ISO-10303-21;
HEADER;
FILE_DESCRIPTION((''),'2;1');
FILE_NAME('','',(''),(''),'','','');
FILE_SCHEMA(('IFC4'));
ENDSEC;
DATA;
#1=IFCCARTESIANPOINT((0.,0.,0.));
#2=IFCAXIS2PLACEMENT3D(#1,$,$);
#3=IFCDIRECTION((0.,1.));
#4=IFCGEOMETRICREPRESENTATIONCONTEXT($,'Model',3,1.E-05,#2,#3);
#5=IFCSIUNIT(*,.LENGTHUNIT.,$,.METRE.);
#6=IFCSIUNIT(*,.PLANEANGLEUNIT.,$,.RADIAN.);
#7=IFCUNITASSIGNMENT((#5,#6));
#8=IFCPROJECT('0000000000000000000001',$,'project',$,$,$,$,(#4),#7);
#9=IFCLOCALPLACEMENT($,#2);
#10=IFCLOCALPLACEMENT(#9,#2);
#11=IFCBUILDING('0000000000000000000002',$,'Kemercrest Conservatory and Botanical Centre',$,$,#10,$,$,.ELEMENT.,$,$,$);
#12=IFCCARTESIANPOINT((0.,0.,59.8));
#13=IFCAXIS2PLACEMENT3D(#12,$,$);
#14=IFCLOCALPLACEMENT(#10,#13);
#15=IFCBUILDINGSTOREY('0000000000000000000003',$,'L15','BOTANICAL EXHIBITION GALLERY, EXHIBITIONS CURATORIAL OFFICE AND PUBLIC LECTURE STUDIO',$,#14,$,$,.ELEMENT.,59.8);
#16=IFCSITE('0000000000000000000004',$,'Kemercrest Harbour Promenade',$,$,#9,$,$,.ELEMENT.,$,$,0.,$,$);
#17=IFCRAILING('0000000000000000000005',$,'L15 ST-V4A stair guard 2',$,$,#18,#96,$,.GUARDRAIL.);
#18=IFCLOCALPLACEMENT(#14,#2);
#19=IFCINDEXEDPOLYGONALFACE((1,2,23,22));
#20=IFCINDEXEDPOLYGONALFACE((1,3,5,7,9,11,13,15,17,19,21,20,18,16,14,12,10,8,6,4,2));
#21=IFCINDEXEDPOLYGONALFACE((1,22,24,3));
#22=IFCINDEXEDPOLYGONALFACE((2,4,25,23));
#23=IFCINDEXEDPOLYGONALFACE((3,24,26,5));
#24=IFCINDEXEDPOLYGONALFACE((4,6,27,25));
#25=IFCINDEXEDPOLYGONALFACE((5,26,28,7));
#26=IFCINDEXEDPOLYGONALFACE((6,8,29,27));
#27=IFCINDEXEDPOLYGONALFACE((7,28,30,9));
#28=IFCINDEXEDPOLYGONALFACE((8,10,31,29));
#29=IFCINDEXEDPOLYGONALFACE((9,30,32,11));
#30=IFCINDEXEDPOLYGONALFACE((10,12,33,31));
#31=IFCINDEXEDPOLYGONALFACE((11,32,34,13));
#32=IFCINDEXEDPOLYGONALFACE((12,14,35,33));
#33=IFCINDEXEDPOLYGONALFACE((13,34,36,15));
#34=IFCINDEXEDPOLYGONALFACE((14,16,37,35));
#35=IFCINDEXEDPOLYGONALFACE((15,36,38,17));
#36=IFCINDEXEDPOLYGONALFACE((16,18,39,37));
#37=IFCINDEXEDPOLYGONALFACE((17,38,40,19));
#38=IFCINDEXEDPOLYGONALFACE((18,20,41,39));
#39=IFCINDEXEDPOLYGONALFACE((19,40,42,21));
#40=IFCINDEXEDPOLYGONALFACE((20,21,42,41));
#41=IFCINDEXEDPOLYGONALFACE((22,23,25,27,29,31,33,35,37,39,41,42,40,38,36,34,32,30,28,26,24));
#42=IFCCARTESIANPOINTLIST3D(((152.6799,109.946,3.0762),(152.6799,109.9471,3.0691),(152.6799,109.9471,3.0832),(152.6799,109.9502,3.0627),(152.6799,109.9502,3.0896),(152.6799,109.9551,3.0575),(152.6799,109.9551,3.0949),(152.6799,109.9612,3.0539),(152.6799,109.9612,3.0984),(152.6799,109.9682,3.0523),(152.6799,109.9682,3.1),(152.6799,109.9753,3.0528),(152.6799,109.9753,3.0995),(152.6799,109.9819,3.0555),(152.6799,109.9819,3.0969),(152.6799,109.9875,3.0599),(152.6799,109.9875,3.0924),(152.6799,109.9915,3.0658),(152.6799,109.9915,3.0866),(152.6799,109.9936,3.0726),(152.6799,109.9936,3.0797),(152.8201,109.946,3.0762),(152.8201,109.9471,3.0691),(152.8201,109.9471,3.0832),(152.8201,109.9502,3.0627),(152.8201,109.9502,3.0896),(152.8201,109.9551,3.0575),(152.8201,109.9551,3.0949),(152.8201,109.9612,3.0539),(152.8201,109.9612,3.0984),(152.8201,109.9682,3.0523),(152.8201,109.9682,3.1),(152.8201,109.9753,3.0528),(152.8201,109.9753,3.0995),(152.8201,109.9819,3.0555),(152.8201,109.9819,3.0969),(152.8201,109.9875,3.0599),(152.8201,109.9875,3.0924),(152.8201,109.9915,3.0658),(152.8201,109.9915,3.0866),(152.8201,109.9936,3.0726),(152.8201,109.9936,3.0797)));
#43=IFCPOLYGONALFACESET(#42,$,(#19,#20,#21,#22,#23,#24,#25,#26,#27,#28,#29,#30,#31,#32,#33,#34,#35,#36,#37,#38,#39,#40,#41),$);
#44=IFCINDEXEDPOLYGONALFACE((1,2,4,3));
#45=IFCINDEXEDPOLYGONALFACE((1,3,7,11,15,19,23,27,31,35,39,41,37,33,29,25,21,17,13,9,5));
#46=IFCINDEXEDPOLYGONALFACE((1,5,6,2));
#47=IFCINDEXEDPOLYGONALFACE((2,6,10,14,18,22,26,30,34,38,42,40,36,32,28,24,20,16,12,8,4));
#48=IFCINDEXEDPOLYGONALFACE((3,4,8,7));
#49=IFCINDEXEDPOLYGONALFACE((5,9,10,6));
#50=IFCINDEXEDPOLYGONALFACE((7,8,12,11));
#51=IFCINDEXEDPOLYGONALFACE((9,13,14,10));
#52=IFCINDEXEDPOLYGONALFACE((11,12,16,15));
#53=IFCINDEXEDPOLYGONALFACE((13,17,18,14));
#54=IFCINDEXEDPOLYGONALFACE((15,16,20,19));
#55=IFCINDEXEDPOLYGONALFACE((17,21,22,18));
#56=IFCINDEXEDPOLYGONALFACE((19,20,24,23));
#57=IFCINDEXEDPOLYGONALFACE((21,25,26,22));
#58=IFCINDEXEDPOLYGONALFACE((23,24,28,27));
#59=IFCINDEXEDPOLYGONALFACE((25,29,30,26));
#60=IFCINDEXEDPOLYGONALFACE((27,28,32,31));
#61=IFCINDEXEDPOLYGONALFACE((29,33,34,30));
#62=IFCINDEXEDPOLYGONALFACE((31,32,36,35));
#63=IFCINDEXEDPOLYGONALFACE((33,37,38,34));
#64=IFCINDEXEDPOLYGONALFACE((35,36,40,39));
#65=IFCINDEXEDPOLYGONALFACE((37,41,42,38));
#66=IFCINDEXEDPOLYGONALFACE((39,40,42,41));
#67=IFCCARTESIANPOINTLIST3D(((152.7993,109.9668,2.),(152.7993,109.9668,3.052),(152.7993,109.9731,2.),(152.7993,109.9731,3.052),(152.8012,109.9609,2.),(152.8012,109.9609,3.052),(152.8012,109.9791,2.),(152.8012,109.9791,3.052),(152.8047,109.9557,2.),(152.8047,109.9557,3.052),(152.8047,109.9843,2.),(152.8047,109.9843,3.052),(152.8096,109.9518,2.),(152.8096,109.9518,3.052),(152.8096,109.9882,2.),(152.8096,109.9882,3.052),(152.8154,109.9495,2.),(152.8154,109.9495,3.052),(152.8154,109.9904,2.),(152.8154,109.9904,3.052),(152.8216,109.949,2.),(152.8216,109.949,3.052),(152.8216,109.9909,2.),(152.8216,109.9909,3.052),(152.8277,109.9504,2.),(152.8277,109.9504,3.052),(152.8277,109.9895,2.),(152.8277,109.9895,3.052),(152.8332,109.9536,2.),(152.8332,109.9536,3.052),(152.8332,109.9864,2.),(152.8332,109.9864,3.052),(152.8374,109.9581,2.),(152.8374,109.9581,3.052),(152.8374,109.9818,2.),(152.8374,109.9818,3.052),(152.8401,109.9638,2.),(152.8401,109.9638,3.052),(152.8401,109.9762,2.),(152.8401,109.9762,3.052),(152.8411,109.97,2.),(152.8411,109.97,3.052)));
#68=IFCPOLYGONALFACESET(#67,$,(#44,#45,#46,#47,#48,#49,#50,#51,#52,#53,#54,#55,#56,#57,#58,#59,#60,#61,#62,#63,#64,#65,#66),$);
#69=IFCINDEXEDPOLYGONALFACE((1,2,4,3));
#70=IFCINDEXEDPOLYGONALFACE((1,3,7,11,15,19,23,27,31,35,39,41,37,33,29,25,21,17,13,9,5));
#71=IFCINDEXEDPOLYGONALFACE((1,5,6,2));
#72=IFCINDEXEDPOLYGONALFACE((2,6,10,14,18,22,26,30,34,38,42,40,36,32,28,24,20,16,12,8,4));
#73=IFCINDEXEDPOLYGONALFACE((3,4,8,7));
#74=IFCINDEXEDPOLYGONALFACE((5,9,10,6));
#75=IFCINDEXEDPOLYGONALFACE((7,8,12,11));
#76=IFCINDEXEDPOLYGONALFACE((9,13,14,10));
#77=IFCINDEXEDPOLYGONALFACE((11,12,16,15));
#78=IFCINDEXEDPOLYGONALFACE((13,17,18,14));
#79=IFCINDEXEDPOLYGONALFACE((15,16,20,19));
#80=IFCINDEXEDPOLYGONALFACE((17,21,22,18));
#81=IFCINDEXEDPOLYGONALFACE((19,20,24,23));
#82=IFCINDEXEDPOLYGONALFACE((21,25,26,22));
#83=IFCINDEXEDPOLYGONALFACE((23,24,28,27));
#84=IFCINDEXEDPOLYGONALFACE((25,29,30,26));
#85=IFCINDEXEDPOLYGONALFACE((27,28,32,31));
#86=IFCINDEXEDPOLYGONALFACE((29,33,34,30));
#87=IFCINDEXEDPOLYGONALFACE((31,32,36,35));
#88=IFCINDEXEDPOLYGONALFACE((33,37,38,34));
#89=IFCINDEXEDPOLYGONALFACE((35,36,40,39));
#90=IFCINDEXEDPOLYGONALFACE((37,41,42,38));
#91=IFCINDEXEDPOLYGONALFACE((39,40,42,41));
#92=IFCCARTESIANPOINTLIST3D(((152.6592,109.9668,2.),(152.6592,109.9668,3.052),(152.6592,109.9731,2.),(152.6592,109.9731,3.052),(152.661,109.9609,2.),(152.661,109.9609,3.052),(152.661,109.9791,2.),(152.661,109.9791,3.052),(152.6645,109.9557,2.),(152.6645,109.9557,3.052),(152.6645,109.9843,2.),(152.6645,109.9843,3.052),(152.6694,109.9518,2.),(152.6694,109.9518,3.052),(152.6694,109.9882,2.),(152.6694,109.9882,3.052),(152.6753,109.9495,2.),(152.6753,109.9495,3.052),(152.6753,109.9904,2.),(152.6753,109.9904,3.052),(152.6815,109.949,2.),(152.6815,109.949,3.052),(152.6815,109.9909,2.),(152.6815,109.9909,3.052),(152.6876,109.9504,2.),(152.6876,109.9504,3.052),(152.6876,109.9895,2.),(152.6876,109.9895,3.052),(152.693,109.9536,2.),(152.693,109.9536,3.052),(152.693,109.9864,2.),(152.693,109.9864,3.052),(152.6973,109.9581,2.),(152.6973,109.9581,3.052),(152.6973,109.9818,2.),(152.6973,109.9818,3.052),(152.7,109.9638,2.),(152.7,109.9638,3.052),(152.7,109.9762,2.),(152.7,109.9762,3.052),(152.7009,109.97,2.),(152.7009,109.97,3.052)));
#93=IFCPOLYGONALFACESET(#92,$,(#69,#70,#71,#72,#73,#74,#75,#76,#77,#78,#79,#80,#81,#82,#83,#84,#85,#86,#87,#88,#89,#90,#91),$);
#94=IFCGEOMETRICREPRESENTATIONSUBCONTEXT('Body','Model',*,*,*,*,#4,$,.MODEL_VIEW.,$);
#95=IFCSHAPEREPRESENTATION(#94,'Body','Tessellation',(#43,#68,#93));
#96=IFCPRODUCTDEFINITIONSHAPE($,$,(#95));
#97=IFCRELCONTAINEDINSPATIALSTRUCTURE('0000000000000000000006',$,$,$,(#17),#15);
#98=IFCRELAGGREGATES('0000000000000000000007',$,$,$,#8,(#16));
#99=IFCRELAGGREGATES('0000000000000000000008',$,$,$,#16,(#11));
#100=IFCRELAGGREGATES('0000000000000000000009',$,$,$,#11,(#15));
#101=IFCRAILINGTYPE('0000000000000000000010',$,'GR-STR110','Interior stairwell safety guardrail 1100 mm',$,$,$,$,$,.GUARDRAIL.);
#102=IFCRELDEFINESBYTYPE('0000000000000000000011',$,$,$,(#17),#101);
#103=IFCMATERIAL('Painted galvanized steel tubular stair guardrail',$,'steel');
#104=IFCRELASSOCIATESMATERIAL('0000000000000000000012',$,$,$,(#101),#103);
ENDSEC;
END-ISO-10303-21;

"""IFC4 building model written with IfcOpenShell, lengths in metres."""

from ifc_helpers import new_model, si_unit, direction, frame, origin, origin_2d, place, context, subcontext, project, spatial, circle, extrude, material, type_object, element, save


model = new_model("IFC4")

# Units and contexts
model_context = context("Model", 3, precision=1e-05, world=origin(), true_north=direction((0.0, 1.0)))
body_context = subcontext(model_context, "Body", "Model", "MODEL_VIEW")
ifc_project = project(units=[si_unit("LENGTHUNIT", "METRE"), si_unit("PLANEANGLEUNIT", "RADIAN")], contexts=[model_context])

# Site, building, storey
site_placement = place(None, origin())
site = spatial("IfcSite", under=ifc_project, at=site_placement, Name="Kemercrest Harbour Promenade", CompositionType="ELEMENT", RefElevation=0.0)
building_placement = place(site_placement, origin())
building = spatial("IfcBuilding", under=site, at=building_placement, Name="Kemercrest Conservatory and Botanical Centre", CompositionType="ELEMENT")
storey_placement = place(building_placement, frame((0.0, 0.0, 59.8)))
storey = spatial("IfcBuildingStorey", under=building, at=storey_placement, Name="L15", Description="BOTANICAL EXHIBITION GALLERY, EXHIBITIONS CURATORIAL OFFICE AND PUBLIC LECTURE STUDIO", CompositionType="ELEMENT", Elevation=59.8)

# Railing
ifc_material_1 = material(Name="Painted galvanized steel tubular stair guardrail", Category="steel")
railing_type_1 = type_object("IfcRailingType", Name="GR-STR110", Description="Interior stairwell safety guardrail 1100 mm", PredefinedType="GUARDRAIL", material=ifc_material_1)
railing_1_placement = place(storey_placement, frame((152.8201, 109.97, 2.0)))
element("IfcRailing", 1, at=railing_1_placement, inside=storey, type_object=railing_type_1, Name="L15 ST-V4A stair guard 2", PredefinedType="GUARDRAIL", context=body_context, shape_type="SweptSolid", body=[
    extrude(circle(Radius=0.0239, at=origin_2d()), frame((0.0, 0.0, 1.0762), z_axis=(-1.0, 0.0, 0.0), x_axis=(0.0, -1.0, 0.0)), (0.0, 0.0, 1.0), 0.1401),
    extrude(circle(Radius=0.021, at=origin_2d()), origin(), (0.0, 0.0, 1.0), 1.052),
    extrude(circle(Radius=0.021, at=origin_2d()), frame((-0.1401, 0.0, 0.0)), (0.0, 0.0, 1.0), 1.052),
])

save(model, "model.ifc")
